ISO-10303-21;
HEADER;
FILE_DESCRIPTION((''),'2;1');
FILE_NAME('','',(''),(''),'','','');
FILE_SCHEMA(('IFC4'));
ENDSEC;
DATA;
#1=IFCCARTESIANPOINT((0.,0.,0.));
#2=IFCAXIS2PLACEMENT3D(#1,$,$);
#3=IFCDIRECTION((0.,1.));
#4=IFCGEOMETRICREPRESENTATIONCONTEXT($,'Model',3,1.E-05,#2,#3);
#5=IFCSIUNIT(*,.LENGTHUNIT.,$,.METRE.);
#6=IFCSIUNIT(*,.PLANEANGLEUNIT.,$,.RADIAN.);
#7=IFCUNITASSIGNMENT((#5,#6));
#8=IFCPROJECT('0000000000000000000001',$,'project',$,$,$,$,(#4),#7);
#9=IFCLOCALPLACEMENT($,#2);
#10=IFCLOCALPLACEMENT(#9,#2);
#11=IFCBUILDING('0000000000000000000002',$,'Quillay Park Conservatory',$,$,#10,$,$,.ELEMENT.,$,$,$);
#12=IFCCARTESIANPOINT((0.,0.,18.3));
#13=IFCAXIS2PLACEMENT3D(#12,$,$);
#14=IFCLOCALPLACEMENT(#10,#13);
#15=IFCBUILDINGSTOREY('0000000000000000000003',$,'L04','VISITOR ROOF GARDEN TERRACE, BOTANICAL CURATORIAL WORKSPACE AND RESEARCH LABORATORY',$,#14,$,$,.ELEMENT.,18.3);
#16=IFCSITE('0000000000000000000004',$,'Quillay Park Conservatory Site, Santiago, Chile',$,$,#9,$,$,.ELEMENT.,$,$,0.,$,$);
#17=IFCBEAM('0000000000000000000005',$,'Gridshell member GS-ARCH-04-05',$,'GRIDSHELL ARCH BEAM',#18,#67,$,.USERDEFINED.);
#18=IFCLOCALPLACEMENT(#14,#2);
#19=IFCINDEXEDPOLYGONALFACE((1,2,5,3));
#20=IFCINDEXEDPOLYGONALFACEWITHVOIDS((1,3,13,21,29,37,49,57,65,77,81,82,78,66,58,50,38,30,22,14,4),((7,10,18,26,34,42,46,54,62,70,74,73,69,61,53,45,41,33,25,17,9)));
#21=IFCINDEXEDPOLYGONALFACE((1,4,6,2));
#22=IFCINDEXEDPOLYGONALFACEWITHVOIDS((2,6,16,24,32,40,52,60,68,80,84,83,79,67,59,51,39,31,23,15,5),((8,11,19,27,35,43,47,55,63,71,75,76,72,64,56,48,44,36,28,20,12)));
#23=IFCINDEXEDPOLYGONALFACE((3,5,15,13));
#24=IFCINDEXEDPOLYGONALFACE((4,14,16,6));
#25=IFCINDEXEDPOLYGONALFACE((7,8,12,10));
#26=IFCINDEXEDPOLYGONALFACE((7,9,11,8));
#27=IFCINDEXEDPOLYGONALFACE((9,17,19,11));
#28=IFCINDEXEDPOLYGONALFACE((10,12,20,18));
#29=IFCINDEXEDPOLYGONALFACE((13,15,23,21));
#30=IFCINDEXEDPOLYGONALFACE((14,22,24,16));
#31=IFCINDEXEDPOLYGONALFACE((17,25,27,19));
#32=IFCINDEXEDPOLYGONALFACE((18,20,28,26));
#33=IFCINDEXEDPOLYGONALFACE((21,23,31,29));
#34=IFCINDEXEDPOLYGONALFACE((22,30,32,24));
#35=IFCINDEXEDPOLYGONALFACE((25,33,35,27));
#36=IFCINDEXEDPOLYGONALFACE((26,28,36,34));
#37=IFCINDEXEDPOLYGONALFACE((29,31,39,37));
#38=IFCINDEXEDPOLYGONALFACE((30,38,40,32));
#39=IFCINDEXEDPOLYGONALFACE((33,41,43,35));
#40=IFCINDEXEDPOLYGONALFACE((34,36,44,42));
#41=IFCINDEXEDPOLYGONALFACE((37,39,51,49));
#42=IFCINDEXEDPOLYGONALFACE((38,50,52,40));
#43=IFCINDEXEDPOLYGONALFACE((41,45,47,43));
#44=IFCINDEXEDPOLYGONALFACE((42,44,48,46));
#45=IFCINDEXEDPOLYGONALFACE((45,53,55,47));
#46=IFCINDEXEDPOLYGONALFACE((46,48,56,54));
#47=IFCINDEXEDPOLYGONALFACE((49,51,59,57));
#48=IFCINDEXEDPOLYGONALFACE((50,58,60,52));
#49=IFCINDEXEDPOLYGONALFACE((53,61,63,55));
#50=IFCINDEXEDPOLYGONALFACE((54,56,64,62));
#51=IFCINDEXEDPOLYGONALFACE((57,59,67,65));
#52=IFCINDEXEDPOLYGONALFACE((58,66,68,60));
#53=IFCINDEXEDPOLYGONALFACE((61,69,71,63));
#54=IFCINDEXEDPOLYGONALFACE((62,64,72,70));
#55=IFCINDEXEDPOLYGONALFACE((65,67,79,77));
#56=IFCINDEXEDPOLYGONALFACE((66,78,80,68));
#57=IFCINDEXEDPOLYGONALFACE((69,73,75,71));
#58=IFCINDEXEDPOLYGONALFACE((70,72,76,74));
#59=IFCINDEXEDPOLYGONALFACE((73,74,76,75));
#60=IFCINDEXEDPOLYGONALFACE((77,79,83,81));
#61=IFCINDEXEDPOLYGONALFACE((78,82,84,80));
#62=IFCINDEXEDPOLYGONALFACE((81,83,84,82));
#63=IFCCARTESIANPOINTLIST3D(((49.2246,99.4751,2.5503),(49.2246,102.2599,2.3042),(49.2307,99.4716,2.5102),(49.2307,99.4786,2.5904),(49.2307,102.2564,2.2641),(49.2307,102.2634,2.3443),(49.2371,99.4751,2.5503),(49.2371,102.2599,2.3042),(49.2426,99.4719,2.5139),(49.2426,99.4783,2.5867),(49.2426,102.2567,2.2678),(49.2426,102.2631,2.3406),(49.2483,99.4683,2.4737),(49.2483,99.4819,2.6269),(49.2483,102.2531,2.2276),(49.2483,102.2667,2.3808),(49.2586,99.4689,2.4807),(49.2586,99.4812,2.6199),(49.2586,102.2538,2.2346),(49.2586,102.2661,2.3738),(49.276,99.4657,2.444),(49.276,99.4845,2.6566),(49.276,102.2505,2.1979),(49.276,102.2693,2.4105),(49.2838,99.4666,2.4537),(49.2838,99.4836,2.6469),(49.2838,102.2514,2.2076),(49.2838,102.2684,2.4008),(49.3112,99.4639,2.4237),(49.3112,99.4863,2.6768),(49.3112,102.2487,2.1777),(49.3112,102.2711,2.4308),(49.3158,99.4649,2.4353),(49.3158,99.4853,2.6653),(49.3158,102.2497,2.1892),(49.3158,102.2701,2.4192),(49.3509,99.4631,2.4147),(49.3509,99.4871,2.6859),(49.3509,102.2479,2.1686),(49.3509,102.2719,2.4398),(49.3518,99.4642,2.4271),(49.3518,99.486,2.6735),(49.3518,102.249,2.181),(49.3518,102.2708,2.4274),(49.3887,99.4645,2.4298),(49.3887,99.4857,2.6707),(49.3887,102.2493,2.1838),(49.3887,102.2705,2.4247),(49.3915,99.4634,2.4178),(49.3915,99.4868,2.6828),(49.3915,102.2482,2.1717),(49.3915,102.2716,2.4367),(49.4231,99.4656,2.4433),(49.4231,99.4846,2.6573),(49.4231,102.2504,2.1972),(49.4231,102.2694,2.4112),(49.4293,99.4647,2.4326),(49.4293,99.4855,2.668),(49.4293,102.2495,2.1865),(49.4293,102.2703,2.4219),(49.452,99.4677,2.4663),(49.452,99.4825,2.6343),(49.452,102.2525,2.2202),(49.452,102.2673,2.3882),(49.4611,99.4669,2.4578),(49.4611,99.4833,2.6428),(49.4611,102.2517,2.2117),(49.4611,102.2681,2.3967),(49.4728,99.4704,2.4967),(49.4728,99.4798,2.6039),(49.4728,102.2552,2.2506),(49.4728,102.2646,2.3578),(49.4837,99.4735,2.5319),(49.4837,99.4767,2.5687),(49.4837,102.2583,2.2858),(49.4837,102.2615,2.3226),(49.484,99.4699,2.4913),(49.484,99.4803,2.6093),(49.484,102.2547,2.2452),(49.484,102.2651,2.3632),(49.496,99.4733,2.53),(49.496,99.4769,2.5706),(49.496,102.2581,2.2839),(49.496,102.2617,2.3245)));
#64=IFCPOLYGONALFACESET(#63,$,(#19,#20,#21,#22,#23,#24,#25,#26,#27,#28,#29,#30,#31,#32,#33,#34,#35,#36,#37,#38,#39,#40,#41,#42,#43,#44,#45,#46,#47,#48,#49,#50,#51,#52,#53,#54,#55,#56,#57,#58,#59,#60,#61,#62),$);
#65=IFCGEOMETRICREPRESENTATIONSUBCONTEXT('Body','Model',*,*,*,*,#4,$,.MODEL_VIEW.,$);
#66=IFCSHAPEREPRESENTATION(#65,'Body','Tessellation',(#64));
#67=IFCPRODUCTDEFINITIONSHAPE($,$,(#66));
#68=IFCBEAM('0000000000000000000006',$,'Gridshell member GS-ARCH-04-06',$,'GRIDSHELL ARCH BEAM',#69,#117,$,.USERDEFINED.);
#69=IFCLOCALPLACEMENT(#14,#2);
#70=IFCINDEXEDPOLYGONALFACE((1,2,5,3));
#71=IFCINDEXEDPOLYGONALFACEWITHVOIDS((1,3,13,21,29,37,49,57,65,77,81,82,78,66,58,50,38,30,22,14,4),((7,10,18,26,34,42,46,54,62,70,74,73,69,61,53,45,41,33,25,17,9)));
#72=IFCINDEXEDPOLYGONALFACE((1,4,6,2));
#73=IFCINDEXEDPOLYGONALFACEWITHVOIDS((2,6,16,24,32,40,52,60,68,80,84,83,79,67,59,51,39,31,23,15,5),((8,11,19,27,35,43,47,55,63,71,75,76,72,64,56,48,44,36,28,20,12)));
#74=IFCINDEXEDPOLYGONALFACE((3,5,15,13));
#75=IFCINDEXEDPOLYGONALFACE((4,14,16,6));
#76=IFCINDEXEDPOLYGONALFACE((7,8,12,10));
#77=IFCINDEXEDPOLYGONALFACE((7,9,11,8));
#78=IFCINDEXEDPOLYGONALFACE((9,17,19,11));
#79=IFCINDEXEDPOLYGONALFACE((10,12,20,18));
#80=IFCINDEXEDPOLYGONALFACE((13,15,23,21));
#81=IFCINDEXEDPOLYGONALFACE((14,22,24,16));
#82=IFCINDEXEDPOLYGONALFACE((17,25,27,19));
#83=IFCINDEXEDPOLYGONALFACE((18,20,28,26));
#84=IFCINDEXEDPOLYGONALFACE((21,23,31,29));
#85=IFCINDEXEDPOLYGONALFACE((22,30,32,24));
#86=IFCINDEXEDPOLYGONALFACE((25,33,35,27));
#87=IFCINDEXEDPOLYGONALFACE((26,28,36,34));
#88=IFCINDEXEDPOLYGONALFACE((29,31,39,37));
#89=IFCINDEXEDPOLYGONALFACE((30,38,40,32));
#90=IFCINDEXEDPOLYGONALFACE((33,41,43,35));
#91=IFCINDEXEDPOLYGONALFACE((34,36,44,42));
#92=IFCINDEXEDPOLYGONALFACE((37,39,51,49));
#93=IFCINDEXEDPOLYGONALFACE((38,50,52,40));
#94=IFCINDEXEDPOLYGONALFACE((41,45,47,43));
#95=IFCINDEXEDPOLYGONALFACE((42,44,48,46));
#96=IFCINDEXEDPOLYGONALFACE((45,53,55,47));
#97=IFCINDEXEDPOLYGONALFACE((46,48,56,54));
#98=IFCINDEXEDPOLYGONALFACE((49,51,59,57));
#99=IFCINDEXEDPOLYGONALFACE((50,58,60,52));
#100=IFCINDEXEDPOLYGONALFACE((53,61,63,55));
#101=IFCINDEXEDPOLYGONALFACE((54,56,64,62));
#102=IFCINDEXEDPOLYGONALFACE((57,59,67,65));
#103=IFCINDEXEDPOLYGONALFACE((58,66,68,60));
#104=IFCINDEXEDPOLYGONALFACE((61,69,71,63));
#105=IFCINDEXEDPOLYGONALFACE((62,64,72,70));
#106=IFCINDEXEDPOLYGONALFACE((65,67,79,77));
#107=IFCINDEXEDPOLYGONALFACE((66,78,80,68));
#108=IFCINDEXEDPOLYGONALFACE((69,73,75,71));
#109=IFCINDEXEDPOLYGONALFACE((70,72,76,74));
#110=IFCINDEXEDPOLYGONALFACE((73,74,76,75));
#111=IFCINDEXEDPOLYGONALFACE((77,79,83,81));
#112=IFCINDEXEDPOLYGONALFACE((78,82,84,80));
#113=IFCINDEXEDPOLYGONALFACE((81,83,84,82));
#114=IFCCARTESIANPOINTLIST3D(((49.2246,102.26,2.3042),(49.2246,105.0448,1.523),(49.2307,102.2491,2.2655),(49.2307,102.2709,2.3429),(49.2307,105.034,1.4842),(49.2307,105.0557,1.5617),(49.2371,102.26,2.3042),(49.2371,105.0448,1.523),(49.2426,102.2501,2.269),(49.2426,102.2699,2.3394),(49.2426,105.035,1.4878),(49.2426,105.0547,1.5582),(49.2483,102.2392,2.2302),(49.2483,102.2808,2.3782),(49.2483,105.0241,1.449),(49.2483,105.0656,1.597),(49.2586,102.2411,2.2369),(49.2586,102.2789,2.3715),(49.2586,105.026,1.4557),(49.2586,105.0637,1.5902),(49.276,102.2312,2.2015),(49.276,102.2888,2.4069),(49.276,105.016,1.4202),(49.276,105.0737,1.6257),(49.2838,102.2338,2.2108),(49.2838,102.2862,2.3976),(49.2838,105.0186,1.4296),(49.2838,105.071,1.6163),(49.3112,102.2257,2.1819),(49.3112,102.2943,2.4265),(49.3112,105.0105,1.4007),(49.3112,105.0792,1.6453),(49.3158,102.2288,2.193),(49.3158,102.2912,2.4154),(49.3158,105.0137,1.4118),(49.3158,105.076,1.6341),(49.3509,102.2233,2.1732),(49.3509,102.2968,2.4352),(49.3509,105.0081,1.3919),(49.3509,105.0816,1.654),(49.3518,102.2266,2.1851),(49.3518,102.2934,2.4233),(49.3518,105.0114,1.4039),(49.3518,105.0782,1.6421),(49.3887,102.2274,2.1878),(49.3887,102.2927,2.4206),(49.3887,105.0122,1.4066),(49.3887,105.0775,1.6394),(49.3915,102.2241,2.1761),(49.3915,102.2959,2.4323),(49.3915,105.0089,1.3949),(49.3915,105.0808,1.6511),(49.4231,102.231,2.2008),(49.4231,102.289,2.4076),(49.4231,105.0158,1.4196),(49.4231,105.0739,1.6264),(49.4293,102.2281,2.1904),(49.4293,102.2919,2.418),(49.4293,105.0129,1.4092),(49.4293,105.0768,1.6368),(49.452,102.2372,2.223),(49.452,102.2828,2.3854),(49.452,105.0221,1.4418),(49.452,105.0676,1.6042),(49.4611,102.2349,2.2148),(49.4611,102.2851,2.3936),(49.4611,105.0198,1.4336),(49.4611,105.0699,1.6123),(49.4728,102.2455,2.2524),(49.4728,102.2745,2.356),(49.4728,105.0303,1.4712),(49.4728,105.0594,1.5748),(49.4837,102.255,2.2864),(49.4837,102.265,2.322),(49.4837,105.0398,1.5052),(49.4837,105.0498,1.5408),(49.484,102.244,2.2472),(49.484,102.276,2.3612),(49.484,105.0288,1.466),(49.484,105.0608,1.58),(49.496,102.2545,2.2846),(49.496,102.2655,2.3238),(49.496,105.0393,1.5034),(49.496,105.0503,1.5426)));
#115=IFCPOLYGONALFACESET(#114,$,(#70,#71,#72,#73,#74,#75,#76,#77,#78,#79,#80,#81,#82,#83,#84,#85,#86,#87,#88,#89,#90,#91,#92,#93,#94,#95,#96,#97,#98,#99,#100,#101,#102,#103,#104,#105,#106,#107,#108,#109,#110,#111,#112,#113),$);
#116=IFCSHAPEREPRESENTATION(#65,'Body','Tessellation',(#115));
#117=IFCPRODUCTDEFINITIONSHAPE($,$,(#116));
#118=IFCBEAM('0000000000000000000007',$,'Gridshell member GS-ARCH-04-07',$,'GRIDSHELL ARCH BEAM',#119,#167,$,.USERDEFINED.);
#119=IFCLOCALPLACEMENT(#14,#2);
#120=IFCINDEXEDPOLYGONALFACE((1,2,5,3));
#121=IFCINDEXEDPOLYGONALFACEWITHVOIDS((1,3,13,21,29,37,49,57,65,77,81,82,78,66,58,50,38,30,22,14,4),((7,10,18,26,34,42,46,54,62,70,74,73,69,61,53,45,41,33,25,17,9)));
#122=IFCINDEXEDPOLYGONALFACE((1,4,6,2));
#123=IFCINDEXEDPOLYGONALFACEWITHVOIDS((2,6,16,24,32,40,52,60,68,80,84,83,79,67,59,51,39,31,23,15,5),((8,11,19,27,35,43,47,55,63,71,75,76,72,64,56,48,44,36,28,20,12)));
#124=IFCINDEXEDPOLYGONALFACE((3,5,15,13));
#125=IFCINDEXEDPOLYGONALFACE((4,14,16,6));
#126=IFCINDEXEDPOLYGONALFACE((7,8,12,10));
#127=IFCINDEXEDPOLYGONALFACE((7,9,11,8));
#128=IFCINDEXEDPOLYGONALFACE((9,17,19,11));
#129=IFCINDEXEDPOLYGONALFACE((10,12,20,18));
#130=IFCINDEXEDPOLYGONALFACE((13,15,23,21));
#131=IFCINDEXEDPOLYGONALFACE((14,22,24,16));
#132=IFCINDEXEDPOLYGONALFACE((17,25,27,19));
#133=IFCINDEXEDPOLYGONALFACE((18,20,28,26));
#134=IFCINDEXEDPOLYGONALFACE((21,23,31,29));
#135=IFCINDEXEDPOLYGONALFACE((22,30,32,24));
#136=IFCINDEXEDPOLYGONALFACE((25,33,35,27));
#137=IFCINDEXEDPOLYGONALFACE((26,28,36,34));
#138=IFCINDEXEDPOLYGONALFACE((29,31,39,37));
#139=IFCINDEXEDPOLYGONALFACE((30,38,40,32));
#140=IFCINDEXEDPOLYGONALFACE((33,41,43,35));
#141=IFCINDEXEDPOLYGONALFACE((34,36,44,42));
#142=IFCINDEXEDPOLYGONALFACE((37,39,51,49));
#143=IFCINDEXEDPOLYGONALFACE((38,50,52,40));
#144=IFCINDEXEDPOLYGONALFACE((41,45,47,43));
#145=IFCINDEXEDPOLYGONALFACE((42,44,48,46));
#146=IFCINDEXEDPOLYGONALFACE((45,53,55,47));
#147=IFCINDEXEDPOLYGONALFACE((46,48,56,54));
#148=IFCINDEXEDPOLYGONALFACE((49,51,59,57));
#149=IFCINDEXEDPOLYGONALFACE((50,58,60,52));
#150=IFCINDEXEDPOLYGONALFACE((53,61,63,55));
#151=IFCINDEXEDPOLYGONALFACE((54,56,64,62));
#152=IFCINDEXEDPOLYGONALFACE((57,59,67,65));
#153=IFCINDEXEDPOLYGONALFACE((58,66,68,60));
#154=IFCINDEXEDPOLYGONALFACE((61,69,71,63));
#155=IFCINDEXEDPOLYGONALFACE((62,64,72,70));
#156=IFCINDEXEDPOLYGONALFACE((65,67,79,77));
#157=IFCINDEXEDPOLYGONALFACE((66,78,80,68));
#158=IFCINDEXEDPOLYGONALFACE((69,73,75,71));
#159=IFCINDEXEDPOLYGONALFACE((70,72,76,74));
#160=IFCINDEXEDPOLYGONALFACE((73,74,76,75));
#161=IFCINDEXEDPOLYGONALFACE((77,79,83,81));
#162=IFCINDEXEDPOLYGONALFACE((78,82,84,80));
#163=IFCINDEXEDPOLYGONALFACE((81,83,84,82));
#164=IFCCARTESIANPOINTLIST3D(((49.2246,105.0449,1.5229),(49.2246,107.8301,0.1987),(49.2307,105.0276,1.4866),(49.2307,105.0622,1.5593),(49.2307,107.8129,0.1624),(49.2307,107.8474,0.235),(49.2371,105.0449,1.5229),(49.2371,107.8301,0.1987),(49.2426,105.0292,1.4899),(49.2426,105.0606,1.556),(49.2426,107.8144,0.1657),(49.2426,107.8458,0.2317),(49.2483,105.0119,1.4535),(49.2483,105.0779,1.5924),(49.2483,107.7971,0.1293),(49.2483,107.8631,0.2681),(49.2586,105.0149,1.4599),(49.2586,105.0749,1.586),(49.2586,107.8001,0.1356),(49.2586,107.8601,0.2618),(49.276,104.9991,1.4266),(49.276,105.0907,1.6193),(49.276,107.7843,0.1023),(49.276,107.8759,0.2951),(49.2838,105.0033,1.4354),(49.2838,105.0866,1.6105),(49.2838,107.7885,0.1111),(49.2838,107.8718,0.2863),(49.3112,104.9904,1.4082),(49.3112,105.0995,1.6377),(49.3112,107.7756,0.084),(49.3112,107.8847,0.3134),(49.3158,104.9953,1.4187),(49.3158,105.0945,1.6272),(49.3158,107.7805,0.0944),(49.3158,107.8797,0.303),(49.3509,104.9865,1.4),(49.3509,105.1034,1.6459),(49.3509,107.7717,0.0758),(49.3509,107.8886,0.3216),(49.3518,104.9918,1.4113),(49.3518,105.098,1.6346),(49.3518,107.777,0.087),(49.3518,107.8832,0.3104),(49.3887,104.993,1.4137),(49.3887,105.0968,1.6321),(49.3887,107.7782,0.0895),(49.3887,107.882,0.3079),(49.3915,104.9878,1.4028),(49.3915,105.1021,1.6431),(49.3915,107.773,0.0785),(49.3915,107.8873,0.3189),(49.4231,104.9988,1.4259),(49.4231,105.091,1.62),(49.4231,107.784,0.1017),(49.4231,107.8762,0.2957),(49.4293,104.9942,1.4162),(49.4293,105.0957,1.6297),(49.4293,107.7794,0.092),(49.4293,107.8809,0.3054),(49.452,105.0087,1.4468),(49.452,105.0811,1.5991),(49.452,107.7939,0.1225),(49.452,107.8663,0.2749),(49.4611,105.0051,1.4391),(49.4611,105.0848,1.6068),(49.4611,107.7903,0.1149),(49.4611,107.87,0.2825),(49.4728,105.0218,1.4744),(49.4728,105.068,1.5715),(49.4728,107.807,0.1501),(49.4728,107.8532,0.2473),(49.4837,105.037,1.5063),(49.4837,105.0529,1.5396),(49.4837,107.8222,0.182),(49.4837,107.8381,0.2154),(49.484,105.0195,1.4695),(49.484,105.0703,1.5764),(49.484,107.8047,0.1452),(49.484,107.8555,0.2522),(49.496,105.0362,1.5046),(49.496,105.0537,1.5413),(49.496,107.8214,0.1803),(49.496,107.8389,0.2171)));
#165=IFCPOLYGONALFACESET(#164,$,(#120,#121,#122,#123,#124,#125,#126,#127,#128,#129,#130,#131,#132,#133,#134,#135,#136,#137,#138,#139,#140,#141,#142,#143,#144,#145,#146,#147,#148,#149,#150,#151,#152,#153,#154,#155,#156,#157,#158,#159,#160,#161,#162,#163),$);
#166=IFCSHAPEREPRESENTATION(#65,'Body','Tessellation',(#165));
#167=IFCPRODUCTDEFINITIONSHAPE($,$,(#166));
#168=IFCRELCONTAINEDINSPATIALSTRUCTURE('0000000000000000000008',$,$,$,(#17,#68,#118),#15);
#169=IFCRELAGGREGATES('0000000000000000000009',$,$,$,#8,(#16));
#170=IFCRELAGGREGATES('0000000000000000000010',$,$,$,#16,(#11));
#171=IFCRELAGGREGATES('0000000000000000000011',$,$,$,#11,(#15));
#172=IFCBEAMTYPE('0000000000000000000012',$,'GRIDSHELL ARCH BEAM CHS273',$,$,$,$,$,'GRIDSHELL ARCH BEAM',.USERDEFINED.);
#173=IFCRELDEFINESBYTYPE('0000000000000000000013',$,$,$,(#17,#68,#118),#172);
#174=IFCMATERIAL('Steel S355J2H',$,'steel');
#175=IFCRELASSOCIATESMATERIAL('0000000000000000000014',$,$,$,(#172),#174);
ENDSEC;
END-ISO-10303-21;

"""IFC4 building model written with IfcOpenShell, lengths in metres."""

from ifc_helpers import new_model, si_unit, direction, frame, origin, origin_2d, place, context, subcontext, project, spatial, hollow_circle, extrude, material, material_profile, profile_set, type_object, element, save


model = new_model("IFC4")

# Units and contexts
model_context = context("Model", 3, precision=1e-05, world=origin(), true_north=direction((0.0, 1.0)))
body_context = subcontext(model_context, "Body", "Model", "MODEL_VIEW")
ifc_project = project(units=[si_unit("LENGTHUNIT", "METRE"), si_unit("PLANEANGLEUNIT", "RADIAN")], contexts=[model_context])

# Site, building, storey
site_placement = place(None, origin())
site = spatial("IfcSite", under=ifc_project, at=site_placement, Name="Quillay Park Conservatory Site, Santiago, Chile", CompositionType="ELEMENT", RefElevation=0.0)
building_placement = place(site_placement, origin())
building = spatial("IfcBuilding", under=site, at=building_placement, Name="Quillay Park Conservatory", CompositionType="ELEMENT")
storey_placement = place(building_placement, frame((0.0, 0.0, 18.3)))
storey = spatial("IfcBuildingStorey", under=building, at=storey_placement, Name="L04", Description="VISITOR ROOF GARDEN TERRACE, BOTANICAL CURATORIAL WORKSPACE AND RESEARCH LABORATORY", CompositionType="ELEMENT", Elevation=18.3)

# Beams
ifc_material_1 = material(Name="Steel S355J2H", Category="steel")
ifc_material_profile_1 = material_profile(ifc_material_1, hollow_circle(Radius=0.1365, WallThickness=0.0125, at=origin_2d()), Name="CHS273x12.5")
ifc_profile_set_1 = profile_set([ifc_material_profile_1], Name="Steel S355J2H")
beam_type = type_object("IfcBeamType", Name="GRIDSHELL ARCH BEAM CHS273", ElementType="GRIDSHELL ARCH BEAM", PredefinedType="USERDEFINED", material=ifc_profile_set_1)
beam_1_placement = place(storey_placement, frame((49.3611, 99.4751, 2.5503), z_axis=(0.0, 0.996118, -0.088024), x_axis=(-1.0, 0.0, 0.0)))
element("IfcBeam", 1, at=beam_1_placement, inside=storey, type_object=beam_type, Name="Gridshell member GS-ARCH-04-05", ObjectType="GRIDSHELL ARCH BEAM", PredefinedType="USERDEFINED", context=body_context, shape_type="SweptSolid", body=[
    extrude(hollow_circle(Radius=0.1365, WallThickness=0.0125, at=origin_2d()), origin(), (0.0, 0.0, 1.0), 2.7957),
])
beam_2_placement = place(storey_placement, frame((49.3611, 102.26, 2.3042), z_axis=(0.0, 0.962832, -0.270103), x_axis=(-1.0, 0.0, 0.0)))
element("IfcBeam", 2, at=beam_2_placement, inside=storey, type_object=beam_type, Name="Gridshell member GS-ARCH-04-06", ObjectType="GRIDSHELL ARCH BEAM", PredefinedType="USERDEFINED", context=body_context, shape_type="SweptSolid", body=[
    extrude(hollow_circle(Radius=0.1365, WallThickness=0.0125, at=origin_2d()), origin(), (0.0, 0.0, 1.0), 2.8923),
])
beam_3_placement = place(storey_placement, frame((49.3611, 105.0449, 1.5229), z_axis=(0.0, 0.903118, -0.429393), x_axis=(-1.0, 0.0, 0.0)))
element("IfcBeam", 3, at=beam_3_placement, inside=storey, type_object=beam_type, Name="Gridshell member GS-ARCH-04-07", ObjectType="GRIDSHELL ARCH BEAM", PredefinedType="USERDEFINED", context=body_context, shape_type="SweptSolid", body=[
    extrude(hollow_circle(Radius=0.1365, WallThickness=0.0125, at=origin_2d()), origin(), (0.0, 0.0, 1.0), 3.084),
])

save(model, "model.ifc")
